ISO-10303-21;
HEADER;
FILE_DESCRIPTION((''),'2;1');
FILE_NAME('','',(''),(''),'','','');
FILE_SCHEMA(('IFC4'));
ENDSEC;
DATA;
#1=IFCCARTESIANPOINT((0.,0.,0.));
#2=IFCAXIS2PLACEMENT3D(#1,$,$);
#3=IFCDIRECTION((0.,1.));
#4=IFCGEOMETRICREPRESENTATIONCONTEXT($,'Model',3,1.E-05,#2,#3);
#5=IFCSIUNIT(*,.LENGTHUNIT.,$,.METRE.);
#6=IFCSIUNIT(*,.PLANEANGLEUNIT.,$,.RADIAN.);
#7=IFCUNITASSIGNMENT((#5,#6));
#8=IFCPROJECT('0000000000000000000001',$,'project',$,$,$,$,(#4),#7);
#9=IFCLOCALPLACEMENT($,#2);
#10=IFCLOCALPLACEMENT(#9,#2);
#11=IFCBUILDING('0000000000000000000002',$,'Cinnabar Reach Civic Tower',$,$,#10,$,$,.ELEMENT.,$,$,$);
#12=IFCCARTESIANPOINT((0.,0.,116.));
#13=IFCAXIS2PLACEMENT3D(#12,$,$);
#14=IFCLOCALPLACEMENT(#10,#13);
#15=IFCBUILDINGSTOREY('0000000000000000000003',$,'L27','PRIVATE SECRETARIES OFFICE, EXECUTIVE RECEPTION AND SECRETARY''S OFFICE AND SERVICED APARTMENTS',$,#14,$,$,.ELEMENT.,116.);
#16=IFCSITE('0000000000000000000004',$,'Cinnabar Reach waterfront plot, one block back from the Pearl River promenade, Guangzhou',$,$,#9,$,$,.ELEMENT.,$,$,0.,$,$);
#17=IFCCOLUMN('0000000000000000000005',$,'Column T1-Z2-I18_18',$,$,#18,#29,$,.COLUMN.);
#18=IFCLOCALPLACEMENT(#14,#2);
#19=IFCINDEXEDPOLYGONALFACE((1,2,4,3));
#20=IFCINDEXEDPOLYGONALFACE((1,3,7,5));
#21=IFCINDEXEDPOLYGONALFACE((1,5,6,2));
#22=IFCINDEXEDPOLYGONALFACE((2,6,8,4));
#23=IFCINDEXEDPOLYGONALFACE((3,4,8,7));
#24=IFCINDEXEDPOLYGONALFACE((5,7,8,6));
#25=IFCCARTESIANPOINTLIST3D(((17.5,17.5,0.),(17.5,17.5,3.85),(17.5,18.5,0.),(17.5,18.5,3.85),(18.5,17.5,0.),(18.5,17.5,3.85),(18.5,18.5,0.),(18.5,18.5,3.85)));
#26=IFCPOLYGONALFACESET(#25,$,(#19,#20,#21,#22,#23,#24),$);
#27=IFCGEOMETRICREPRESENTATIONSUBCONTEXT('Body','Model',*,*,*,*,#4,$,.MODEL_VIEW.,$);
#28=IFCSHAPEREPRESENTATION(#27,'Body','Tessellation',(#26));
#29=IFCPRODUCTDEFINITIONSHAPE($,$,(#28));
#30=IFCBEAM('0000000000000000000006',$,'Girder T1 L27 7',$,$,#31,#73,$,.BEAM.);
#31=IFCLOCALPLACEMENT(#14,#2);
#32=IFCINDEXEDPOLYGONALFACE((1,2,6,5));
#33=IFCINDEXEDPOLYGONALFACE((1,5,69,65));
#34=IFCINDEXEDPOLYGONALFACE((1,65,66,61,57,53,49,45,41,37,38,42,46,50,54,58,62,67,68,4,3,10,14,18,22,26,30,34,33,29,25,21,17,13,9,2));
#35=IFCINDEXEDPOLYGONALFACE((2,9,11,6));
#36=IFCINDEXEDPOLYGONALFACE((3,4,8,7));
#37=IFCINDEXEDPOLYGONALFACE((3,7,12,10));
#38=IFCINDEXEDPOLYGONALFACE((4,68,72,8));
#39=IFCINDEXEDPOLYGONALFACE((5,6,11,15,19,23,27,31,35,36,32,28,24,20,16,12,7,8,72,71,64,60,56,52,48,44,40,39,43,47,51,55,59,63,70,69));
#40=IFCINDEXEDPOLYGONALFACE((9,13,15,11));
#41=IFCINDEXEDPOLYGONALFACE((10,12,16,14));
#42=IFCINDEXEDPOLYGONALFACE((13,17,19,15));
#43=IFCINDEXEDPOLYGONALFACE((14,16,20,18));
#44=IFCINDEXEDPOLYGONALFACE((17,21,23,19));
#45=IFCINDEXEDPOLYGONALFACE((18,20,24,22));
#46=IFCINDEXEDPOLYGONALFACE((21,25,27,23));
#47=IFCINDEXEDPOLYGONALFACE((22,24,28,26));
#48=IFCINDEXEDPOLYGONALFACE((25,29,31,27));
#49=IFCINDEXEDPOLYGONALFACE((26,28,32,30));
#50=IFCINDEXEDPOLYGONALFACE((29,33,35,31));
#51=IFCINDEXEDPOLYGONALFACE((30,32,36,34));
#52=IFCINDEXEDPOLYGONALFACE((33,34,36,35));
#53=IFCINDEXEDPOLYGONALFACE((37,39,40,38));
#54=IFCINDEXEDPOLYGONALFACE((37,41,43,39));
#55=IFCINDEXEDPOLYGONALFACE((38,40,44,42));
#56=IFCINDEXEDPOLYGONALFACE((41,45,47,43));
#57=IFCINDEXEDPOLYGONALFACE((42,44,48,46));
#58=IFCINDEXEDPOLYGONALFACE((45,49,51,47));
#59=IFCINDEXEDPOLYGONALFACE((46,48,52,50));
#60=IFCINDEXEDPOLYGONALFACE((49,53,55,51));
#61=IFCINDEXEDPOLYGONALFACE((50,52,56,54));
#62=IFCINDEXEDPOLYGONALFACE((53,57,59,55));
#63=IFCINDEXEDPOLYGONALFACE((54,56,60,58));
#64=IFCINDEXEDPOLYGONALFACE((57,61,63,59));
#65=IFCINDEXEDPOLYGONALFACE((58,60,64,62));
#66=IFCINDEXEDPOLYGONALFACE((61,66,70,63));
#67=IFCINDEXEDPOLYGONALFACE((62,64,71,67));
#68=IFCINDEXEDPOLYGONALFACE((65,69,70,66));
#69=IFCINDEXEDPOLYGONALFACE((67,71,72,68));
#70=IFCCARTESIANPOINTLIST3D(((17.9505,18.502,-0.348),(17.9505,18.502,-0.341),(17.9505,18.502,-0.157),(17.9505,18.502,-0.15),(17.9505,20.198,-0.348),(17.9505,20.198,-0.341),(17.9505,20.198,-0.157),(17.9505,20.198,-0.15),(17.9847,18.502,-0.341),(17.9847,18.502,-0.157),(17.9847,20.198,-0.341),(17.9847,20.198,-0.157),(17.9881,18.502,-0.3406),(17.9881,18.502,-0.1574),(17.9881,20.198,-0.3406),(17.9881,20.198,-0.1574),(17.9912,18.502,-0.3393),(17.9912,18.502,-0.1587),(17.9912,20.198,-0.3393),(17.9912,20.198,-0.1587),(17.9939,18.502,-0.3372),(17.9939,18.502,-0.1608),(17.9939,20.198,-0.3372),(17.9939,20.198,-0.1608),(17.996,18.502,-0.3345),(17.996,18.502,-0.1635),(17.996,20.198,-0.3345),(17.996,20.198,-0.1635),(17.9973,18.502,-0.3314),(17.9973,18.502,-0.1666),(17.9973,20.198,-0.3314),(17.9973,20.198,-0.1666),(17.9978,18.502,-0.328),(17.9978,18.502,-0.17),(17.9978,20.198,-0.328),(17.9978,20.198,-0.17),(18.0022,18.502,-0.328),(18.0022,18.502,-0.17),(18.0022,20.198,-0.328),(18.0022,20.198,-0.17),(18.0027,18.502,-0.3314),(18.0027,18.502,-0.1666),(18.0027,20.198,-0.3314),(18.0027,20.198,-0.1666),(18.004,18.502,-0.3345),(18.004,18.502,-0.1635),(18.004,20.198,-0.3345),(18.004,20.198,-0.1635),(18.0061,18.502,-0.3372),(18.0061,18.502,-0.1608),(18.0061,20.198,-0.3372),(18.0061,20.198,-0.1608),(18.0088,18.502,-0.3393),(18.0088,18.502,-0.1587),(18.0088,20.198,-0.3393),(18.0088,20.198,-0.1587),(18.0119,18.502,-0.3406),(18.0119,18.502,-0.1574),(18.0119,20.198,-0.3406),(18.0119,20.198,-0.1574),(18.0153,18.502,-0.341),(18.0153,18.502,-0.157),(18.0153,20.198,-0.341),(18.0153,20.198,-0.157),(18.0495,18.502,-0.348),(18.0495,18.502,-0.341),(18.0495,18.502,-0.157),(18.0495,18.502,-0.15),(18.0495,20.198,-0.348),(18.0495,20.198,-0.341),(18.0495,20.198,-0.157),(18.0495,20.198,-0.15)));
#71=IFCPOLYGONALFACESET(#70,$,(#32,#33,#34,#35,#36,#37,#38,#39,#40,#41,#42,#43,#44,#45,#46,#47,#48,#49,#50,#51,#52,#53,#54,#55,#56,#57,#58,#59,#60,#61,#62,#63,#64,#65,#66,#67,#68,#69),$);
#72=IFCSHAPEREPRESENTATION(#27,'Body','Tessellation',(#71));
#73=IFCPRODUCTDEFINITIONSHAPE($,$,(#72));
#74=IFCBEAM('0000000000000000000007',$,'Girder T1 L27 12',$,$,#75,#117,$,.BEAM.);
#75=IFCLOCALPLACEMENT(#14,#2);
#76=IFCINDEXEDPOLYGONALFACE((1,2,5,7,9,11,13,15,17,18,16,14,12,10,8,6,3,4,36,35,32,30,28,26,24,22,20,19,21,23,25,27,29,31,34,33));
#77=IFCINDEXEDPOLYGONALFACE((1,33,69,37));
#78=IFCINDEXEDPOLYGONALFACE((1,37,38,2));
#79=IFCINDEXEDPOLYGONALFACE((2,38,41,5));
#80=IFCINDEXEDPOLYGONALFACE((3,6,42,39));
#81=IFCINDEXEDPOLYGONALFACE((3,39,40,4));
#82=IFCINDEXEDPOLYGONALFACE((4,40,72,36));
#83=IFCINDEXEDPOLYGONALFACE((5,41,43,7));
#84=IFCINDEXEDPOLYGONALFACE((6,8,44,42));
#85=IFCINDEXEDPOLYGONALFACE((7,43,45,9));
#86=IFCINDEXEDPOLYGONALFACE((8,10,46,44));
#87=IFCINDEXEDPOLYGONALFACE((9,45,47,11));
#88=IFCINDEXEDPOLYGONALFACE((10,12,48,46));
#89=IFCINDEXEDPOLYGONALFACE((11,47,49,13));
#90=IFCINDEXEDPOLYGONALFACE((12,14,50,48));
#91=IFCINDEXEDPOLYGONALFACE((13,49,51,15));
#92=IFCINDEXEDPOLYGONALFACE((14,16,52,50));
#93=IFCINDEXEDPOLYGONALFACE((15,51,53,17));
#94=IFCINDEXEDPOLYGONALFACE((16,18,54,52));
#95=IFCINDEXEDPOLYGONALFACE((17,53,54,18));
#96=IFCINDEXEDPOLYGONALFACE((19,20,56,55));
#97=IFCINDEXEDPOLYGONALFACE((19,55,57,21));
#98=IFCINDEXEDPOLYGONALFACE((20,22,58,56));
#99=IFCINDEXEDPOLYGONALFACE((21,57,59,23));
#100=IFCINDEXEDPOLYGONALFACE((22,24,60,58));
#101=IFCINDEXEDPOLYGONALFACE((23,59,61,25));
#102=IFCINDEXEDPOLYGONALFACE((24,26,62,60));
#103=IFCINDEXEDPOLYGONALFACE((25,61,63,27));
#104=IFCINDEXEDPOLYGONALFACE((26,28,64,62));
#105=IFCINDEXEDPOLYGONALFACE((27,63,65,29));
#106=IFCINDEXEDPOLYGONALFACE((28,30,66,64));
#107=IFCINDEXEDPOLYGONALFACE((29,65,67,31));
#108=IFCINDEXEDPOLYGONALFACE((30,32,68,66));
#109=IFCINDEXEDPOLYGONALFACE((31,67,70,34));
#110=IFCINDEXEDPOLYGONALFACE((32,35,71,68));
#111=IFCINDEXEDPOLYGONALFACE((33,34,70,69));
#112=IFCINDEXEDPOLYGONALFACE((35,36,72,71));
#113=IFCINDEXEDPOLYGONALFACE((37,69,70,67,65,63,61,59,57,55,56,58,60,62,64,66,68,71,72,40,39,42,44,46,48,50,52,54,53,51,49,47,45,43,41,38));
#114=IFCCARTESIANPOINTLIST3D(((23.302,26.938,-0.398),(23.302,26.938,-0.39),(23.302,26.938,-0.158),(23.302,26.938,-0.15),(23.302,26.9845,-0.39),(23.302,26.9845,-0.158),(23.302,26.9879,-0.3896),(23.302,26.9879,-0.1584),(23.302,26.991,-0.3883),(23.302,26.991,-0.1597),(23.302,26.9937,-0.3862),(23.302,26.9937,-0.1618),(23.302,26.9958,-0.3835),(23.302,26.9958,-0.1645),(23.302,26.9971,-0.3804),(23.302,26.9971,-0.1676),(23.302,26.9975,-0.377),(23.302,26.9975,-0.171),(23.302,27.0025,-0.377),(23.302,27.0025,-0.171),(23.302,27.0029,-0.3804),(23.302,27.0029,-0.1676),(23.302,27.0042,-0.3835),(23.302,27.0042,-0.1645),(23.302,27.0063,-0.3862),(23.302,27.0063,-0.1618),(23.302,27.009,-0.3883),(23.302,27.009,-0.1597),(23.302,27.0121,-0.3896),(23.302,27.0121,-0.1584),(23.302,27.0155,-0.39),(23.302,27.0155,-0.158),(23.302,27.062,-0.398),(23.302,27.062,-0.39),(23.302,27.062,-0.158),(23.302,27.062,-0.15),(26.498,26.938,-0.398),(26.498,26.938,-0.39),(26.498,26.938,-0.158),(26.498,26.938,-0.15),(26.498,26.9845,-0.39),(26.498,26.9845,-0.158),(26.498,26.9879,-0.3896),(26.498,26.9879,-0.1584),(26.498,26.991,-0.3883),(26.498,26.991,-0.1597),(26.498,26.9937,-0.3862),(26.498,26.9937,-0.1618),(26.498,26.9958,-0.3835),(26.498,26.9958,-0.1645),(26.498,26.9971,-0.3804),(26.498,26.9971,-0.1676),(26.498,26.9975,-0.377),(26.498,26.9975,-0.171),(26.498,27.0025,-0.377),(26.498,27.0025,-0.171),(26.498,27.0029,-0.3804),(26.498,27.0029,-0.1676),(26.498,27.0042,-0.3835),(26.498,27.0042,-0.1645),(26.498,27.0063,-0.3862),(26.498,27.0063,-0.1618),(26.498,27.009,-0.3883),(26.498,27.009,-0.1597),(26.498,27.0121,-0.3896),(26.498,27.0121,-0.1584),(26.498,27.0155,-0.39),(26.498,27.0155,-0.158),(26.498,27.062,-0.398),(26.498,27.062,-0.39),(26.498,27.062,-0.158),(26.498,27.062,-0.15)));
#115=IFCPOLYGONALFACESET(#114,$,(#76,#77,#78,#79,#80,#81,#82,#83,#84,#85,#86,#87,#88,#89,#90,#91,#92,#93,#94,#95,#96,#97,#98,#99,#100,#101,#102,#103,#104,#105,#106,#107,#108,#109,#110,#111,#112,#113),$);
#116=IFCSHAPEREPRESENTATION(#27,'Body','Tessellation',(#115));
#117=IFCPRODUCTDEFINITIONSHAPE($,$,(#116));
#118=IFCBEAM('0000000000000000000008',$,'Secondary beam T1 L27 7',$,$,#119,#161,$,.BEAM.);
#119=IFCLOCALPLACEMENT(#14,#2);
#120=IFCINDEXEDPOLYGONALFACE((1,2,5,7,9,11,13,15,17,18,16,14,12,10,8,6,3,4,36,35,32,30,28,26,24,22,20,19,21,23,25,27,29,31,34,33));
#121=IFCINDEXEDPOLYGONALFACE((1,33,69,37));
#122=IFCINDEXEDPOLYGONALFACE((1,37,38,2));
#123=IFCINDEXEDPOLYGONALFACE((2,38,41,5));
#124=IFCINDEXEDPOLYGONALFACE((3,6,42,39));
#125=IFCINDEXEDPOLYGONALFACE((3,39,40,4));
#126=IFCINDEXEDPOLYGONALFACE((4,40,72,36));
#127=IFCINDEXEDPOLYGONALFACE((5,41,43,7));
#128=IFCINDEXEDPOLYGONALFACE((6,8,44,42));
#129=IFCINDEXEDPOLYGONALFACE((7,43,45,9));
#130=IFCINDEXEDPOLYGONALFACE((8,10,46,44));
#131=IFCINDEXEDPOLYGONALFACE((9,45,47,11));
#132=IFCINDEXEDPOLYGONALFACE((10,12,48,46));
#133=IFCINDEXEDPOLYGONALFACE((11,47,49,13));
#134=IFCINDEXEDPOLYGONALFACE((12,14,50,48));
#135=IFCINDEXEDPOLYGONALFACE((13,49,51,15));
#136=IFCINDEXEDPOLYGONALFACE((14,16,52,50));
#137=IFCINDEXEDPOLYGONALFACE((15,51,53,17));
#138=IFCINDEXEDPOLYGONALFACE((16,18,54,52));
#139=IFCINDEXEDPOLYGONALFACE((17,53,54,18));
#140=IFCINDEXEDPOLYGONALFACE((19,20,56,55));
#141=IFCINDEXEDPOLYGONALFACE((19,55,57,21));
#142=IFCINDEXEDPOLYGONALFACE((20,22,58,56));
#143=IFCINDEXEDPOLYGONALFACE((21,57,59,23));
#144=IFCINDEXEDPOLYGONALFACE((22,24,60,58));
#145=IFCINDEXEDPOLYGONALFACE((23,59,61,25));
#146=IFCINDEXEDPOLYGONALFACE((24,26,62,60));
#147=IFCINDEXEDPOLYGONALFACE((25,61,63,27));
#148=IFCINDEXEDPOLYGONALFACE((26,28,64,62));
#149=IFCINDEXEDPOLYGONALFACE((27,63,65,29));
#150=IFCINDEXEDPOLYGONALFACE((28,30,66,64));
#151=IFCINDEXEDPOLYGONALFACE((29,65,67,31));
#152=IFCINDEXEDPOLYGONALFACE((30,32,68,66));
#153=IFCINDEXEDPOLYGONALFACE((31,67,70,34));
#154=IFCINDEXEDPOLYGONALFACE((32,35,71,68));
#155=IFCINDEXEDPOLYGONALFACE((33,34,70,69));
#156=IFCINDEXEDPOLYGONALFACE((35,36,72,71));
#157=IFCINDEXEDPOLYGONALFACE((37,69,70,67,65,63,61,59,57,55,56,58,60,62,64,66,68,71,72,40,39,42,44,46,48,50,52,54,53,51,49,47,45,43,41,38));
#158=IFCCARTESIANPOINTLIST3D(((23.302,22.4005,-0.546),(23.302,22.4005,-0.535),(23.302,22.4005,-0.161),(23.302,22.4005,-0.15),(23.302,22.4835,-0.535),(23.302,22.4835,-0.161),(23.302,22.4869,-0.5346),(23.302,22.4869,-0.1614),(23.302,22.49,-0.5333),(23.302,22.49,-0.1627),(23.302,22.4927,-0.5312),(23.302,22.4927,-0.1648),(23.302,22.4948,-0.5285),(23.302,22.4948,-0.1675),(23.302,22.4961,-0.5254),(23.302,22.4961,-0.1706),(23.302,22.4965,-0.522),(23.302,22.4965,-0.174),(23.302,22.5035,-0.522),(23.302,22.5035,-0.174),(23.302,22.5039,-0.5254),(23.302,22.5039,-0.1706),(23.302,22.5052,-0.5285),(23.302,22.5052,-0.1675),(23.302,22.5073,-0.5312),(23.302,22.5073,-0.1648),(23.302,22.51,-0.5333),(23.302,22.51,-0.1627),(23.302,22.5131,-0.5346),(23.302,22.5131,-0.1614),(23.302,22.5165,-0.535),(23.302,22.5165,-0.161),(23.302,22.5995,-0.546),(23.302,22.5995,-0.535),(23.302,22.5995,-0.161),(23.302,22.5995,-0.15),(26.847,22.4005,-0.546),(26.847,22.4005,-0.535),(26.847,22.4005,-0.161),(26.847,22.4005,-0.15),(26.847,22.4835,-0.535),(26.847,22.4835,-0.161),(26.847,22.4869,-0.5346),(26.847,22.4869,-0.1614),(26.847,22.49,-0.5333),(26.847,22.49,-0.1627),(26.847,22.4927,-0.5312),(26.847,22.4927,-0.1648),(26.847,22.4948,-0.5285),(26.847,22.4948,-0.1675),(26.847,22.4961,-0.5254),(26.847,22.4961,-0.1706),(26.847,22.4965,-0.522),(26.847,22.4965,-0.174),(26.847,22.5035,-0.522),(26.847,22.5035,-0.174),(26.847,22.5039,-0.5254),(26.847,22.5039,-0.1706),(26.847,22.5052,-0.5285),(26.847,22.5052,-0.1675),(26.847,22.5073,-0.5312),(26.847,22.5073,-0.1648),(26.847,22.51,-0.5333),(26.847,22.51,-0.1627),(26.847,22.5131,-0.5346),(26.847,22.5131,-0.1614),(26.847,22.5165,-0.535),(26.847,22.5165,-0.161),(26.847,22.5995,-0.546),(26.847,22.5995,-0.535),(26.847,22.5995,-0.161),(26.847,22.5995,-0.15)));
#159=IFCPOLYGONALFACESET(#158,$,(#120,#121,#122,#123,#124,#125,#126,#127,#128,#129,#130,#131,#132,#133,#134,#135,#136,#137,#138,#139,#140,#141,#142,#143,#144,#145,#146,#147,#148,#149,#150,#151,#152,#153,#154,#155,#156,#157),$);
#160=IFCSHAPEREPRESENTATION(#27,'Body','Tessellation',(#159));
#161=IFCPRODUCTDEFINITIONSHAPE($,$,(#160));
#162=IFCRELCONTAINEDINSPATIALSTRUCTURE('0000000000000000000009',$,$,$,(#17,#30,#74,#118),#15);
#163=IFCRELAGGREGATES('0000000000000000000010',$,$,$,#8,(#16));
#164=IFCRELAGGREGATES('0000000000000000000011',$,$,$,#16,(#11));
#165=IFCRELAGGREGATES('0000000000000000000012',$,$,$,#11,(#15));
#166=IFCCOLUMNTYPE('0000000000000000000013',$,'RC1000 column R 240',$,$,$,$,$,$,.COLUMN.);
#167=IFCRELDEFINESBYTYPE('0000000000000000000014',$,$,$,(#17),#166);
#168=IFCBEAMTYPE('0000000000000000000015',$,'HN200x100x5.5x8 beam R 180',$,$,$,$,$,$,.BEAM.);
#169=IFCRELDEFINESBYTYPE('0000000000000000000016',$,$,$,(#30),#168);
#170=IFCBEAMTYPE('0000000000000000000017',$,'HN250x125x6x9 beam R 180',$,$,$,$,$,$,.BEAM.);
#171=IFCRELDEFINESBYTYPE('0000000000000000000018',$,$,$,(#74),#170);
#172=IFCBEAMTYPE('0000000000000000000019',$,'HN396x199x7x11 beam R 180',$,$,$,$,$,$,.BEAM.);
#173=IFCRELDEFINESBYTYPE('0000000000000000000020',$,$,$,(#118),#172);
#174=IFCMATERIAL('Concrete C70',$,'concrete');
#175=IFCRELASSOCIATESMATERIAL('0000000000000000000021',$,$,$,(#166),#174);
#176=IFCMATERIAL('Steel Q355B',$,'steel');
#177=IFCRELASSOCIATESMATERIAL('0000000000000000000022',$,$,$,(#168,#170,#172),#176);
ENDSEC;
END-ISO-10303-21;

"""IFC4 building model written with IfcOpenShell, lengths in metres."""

from ifc_helpers import new_model, si_unit, direction, frame, origin, origin_2d, place, context, subcontext, project, spatial, rectangle, i_section, extrude, material, material_profile, profile_set, type_object, element, save


model = new_model("IFC4")

# Units and contexts
model_context = context("Model", 3, precision=1e-05, world=origin(), true_north=direction((0.0, 1.0)))
body_context = subcontext(model_context, "Body", "Model", "MODEL_VIEW")
ifc_project = project(units=[si_unit("LENGTHUNIT", "METRE"), si_unit("PLANEANGLEUNIT", "RADIAN")], contexts=[model_context])

# Site, building, storey
site_placement = place(None, origin())
site = spatial("IfcSite", under=ifc_project, at=site_placement, Name="Cinnabar Reach waterfront plot, one block back from the Pearl River promenade, Guangzhou", CompositionType="ELEMENT", RefElevation=0.0)
building_placement = place(site_placement, origin())
building = spatial("IfcBuilding", under=site, at=building_placement, Name="Cinnabar Reach Civic Tower", CompositionType="ELEMENT")
storey_placement = place(building_placement, frame((0.0, 0.0, 116.0)))
storey = spatial("IfcBuildingStorey", under=building, at=storey_placement, Name="L27", Description="PRIVATE SECRETARIES OFFICE, EXECUTIVE RECEPTION AND SECRETARY'S OFFICE AND SERVICED APARTMENTS", CompositionType="ELEMENT", Elevation=116.0)

# Column
ifc_material_1 = material(Name="Concrete C70", Category="concrete")
ifc_material_profile_1 = material_profile(ifc_material_1, rectangle(XDim=1.0, YDim=1.0, at=origin_2d()), Name="RC1000")
ifc_profile_set_1 = profile_set([ifc_material_profile_1], Name="Concrete C70")
column_type = type_object("IfcColumnType", Name="RC1000 column R 240", PredefinedType="COLUMN", material=ifc_profile_set_1)
column_placement = place(storey_placement, frame((18.0, 18.0, 0.0), z_axis=(0.0, 0.0, 1.0), x_axis=(1.0, 0.0, 0.0)))
element("IfcColumn", 1, at=column_placement, inside=storey, type_object=column_type, Name="Column T1-Z2-I18_18", PredefinedType="COLUMN", context=body_context, shape_type="SweptSolid", body=[
    extrude(rectangle(XDim=1.0, YDim=1.0, at=origin_2d()), origin(), (0.0, 0.0, 1.0), 3.85),
])

# Beams
ifc_material_2 = material(Name="Steel Q355B", Category="steel")
ifc_material_profile_2 = material_profile(ifc_material_2, i_section(OverallWidth=0.099, OverallDepth=0.198, WebThickness=0.0045, FlangeThickness=0.007, FilletRadius=0.013, at=origin_2d()), Name="HN200x100x5.5x8")
ifc_profile_set_2 = profile_set([ifc_material_profile_2], Name="Steel Q355B")
beam_type_1 = type_object("IfcBeamType", Name="HN200x100x5.5x8 beam R 180", PredefinedType="BEAM", material=ifc_profile_set_2)
beam_1_placement = place(storey_placement, frame((18.0, 18.502, -0.249), z_axis=(0.0, 1.0, 0.0), x_axis=(-1.0, 0.0, 0.0)))
element("IfcBeam", 2, at=beam_1_placement, inside=storey, type_object=beam_type_1, Name="Girder T1 L27 7", PredefinedType="BEAM", context=body_context, shape_type="SweptSolid", body=[
    extrude(i_section(OverallWidth=0.099, OverallDepth=0.198, WebThickness=0.0045, FlangeThickness=0.007, FilletRadius=0.013, at=origin_2d()), origin(), (0.0, 0.0, 1.0), 1.696),
])
ifc_material_profile_3 = material_profile(ifc_material_2, i_section(OverallWidth=0.124, OverallDepth=0.248, WebThickness=0.005, FlangeThickness=0.008, FilletRadius=0.013, at=origin_2d()), Name="HN250x125x6x9")
ifc_profile_set_3 = profile_set([ifc_material_profile_3], Name="Steel Q355B")
beam_type_2 = type_object("IfcBeamType", Name="HN250x125x6x9 beam R 180", PredefinedType="BEAM", material=ifc_profile_set_3)
beam_2_placement = place(storey_placement, frame((23.302, 27.0, -0.274), z_axis=(1.0, 0.0, 0.0), x_axis=(0.0, 1.0, 0.0)))
element("IfcBeam", 3, at=beam_2_placement, inside=storey, type_object=beam_type_2, Name="Girder T1 L27 12", PredefinedType="BEAM", context=body_context, shape_type="SweptSolid", body=[
    extrude(i_section(OverallWidth=0.124, OverallDepth=0.248, WebThickness=0.005, FlangeThickness=0.008, FilletRadius=0.013, at=origin_2d()), origin(), (0.0, 0.0, 1.0), 3.196),
])
ifc_material_profile_4 = material_profile(ifc_material_2, i_section(OverallWidth=0.199, OverallDepth=0.396, WebThickness=0.007, FlangeThickness=0.011, FilletRadius=0.013, at=origin_2d()), Name="HN396x199x7x11")
ifc_profile_set_4 = profile_set([ifc_material_profile_4], Name="Steel Q355B")
beam_type_3 = type_object("IfcBeamType", Name="HN396x199x7x11 beam R 180", PredefinedType="BEAM", material=ifc_profile_set_4)
beam_3_placement = place(storey_placement, frame((23.302, 22.5, -0.348), z_axis=(1.0, 0.0, 0.0), x_axis=(0.0, 1.0, 0.0)))
element("IfcBeam", 4, at=beam_3_placement, inside=storey, type_object=beam_type_3, Name="Secondary beam T1 L27 7", PredefinedType="BEAM", context=body_context, shape_type="SweptSolid", body=[
    extrude(i_section(OverallWidth=0.199, OverallDepth=0.396, WebThickness=0.007, FlangeThickness=0.011, FilletRadius=0.013, at=origin_2d()), origin(), (0.0, 0.0, 1.0), 3.545),
])

save(model, "model.ifc")
